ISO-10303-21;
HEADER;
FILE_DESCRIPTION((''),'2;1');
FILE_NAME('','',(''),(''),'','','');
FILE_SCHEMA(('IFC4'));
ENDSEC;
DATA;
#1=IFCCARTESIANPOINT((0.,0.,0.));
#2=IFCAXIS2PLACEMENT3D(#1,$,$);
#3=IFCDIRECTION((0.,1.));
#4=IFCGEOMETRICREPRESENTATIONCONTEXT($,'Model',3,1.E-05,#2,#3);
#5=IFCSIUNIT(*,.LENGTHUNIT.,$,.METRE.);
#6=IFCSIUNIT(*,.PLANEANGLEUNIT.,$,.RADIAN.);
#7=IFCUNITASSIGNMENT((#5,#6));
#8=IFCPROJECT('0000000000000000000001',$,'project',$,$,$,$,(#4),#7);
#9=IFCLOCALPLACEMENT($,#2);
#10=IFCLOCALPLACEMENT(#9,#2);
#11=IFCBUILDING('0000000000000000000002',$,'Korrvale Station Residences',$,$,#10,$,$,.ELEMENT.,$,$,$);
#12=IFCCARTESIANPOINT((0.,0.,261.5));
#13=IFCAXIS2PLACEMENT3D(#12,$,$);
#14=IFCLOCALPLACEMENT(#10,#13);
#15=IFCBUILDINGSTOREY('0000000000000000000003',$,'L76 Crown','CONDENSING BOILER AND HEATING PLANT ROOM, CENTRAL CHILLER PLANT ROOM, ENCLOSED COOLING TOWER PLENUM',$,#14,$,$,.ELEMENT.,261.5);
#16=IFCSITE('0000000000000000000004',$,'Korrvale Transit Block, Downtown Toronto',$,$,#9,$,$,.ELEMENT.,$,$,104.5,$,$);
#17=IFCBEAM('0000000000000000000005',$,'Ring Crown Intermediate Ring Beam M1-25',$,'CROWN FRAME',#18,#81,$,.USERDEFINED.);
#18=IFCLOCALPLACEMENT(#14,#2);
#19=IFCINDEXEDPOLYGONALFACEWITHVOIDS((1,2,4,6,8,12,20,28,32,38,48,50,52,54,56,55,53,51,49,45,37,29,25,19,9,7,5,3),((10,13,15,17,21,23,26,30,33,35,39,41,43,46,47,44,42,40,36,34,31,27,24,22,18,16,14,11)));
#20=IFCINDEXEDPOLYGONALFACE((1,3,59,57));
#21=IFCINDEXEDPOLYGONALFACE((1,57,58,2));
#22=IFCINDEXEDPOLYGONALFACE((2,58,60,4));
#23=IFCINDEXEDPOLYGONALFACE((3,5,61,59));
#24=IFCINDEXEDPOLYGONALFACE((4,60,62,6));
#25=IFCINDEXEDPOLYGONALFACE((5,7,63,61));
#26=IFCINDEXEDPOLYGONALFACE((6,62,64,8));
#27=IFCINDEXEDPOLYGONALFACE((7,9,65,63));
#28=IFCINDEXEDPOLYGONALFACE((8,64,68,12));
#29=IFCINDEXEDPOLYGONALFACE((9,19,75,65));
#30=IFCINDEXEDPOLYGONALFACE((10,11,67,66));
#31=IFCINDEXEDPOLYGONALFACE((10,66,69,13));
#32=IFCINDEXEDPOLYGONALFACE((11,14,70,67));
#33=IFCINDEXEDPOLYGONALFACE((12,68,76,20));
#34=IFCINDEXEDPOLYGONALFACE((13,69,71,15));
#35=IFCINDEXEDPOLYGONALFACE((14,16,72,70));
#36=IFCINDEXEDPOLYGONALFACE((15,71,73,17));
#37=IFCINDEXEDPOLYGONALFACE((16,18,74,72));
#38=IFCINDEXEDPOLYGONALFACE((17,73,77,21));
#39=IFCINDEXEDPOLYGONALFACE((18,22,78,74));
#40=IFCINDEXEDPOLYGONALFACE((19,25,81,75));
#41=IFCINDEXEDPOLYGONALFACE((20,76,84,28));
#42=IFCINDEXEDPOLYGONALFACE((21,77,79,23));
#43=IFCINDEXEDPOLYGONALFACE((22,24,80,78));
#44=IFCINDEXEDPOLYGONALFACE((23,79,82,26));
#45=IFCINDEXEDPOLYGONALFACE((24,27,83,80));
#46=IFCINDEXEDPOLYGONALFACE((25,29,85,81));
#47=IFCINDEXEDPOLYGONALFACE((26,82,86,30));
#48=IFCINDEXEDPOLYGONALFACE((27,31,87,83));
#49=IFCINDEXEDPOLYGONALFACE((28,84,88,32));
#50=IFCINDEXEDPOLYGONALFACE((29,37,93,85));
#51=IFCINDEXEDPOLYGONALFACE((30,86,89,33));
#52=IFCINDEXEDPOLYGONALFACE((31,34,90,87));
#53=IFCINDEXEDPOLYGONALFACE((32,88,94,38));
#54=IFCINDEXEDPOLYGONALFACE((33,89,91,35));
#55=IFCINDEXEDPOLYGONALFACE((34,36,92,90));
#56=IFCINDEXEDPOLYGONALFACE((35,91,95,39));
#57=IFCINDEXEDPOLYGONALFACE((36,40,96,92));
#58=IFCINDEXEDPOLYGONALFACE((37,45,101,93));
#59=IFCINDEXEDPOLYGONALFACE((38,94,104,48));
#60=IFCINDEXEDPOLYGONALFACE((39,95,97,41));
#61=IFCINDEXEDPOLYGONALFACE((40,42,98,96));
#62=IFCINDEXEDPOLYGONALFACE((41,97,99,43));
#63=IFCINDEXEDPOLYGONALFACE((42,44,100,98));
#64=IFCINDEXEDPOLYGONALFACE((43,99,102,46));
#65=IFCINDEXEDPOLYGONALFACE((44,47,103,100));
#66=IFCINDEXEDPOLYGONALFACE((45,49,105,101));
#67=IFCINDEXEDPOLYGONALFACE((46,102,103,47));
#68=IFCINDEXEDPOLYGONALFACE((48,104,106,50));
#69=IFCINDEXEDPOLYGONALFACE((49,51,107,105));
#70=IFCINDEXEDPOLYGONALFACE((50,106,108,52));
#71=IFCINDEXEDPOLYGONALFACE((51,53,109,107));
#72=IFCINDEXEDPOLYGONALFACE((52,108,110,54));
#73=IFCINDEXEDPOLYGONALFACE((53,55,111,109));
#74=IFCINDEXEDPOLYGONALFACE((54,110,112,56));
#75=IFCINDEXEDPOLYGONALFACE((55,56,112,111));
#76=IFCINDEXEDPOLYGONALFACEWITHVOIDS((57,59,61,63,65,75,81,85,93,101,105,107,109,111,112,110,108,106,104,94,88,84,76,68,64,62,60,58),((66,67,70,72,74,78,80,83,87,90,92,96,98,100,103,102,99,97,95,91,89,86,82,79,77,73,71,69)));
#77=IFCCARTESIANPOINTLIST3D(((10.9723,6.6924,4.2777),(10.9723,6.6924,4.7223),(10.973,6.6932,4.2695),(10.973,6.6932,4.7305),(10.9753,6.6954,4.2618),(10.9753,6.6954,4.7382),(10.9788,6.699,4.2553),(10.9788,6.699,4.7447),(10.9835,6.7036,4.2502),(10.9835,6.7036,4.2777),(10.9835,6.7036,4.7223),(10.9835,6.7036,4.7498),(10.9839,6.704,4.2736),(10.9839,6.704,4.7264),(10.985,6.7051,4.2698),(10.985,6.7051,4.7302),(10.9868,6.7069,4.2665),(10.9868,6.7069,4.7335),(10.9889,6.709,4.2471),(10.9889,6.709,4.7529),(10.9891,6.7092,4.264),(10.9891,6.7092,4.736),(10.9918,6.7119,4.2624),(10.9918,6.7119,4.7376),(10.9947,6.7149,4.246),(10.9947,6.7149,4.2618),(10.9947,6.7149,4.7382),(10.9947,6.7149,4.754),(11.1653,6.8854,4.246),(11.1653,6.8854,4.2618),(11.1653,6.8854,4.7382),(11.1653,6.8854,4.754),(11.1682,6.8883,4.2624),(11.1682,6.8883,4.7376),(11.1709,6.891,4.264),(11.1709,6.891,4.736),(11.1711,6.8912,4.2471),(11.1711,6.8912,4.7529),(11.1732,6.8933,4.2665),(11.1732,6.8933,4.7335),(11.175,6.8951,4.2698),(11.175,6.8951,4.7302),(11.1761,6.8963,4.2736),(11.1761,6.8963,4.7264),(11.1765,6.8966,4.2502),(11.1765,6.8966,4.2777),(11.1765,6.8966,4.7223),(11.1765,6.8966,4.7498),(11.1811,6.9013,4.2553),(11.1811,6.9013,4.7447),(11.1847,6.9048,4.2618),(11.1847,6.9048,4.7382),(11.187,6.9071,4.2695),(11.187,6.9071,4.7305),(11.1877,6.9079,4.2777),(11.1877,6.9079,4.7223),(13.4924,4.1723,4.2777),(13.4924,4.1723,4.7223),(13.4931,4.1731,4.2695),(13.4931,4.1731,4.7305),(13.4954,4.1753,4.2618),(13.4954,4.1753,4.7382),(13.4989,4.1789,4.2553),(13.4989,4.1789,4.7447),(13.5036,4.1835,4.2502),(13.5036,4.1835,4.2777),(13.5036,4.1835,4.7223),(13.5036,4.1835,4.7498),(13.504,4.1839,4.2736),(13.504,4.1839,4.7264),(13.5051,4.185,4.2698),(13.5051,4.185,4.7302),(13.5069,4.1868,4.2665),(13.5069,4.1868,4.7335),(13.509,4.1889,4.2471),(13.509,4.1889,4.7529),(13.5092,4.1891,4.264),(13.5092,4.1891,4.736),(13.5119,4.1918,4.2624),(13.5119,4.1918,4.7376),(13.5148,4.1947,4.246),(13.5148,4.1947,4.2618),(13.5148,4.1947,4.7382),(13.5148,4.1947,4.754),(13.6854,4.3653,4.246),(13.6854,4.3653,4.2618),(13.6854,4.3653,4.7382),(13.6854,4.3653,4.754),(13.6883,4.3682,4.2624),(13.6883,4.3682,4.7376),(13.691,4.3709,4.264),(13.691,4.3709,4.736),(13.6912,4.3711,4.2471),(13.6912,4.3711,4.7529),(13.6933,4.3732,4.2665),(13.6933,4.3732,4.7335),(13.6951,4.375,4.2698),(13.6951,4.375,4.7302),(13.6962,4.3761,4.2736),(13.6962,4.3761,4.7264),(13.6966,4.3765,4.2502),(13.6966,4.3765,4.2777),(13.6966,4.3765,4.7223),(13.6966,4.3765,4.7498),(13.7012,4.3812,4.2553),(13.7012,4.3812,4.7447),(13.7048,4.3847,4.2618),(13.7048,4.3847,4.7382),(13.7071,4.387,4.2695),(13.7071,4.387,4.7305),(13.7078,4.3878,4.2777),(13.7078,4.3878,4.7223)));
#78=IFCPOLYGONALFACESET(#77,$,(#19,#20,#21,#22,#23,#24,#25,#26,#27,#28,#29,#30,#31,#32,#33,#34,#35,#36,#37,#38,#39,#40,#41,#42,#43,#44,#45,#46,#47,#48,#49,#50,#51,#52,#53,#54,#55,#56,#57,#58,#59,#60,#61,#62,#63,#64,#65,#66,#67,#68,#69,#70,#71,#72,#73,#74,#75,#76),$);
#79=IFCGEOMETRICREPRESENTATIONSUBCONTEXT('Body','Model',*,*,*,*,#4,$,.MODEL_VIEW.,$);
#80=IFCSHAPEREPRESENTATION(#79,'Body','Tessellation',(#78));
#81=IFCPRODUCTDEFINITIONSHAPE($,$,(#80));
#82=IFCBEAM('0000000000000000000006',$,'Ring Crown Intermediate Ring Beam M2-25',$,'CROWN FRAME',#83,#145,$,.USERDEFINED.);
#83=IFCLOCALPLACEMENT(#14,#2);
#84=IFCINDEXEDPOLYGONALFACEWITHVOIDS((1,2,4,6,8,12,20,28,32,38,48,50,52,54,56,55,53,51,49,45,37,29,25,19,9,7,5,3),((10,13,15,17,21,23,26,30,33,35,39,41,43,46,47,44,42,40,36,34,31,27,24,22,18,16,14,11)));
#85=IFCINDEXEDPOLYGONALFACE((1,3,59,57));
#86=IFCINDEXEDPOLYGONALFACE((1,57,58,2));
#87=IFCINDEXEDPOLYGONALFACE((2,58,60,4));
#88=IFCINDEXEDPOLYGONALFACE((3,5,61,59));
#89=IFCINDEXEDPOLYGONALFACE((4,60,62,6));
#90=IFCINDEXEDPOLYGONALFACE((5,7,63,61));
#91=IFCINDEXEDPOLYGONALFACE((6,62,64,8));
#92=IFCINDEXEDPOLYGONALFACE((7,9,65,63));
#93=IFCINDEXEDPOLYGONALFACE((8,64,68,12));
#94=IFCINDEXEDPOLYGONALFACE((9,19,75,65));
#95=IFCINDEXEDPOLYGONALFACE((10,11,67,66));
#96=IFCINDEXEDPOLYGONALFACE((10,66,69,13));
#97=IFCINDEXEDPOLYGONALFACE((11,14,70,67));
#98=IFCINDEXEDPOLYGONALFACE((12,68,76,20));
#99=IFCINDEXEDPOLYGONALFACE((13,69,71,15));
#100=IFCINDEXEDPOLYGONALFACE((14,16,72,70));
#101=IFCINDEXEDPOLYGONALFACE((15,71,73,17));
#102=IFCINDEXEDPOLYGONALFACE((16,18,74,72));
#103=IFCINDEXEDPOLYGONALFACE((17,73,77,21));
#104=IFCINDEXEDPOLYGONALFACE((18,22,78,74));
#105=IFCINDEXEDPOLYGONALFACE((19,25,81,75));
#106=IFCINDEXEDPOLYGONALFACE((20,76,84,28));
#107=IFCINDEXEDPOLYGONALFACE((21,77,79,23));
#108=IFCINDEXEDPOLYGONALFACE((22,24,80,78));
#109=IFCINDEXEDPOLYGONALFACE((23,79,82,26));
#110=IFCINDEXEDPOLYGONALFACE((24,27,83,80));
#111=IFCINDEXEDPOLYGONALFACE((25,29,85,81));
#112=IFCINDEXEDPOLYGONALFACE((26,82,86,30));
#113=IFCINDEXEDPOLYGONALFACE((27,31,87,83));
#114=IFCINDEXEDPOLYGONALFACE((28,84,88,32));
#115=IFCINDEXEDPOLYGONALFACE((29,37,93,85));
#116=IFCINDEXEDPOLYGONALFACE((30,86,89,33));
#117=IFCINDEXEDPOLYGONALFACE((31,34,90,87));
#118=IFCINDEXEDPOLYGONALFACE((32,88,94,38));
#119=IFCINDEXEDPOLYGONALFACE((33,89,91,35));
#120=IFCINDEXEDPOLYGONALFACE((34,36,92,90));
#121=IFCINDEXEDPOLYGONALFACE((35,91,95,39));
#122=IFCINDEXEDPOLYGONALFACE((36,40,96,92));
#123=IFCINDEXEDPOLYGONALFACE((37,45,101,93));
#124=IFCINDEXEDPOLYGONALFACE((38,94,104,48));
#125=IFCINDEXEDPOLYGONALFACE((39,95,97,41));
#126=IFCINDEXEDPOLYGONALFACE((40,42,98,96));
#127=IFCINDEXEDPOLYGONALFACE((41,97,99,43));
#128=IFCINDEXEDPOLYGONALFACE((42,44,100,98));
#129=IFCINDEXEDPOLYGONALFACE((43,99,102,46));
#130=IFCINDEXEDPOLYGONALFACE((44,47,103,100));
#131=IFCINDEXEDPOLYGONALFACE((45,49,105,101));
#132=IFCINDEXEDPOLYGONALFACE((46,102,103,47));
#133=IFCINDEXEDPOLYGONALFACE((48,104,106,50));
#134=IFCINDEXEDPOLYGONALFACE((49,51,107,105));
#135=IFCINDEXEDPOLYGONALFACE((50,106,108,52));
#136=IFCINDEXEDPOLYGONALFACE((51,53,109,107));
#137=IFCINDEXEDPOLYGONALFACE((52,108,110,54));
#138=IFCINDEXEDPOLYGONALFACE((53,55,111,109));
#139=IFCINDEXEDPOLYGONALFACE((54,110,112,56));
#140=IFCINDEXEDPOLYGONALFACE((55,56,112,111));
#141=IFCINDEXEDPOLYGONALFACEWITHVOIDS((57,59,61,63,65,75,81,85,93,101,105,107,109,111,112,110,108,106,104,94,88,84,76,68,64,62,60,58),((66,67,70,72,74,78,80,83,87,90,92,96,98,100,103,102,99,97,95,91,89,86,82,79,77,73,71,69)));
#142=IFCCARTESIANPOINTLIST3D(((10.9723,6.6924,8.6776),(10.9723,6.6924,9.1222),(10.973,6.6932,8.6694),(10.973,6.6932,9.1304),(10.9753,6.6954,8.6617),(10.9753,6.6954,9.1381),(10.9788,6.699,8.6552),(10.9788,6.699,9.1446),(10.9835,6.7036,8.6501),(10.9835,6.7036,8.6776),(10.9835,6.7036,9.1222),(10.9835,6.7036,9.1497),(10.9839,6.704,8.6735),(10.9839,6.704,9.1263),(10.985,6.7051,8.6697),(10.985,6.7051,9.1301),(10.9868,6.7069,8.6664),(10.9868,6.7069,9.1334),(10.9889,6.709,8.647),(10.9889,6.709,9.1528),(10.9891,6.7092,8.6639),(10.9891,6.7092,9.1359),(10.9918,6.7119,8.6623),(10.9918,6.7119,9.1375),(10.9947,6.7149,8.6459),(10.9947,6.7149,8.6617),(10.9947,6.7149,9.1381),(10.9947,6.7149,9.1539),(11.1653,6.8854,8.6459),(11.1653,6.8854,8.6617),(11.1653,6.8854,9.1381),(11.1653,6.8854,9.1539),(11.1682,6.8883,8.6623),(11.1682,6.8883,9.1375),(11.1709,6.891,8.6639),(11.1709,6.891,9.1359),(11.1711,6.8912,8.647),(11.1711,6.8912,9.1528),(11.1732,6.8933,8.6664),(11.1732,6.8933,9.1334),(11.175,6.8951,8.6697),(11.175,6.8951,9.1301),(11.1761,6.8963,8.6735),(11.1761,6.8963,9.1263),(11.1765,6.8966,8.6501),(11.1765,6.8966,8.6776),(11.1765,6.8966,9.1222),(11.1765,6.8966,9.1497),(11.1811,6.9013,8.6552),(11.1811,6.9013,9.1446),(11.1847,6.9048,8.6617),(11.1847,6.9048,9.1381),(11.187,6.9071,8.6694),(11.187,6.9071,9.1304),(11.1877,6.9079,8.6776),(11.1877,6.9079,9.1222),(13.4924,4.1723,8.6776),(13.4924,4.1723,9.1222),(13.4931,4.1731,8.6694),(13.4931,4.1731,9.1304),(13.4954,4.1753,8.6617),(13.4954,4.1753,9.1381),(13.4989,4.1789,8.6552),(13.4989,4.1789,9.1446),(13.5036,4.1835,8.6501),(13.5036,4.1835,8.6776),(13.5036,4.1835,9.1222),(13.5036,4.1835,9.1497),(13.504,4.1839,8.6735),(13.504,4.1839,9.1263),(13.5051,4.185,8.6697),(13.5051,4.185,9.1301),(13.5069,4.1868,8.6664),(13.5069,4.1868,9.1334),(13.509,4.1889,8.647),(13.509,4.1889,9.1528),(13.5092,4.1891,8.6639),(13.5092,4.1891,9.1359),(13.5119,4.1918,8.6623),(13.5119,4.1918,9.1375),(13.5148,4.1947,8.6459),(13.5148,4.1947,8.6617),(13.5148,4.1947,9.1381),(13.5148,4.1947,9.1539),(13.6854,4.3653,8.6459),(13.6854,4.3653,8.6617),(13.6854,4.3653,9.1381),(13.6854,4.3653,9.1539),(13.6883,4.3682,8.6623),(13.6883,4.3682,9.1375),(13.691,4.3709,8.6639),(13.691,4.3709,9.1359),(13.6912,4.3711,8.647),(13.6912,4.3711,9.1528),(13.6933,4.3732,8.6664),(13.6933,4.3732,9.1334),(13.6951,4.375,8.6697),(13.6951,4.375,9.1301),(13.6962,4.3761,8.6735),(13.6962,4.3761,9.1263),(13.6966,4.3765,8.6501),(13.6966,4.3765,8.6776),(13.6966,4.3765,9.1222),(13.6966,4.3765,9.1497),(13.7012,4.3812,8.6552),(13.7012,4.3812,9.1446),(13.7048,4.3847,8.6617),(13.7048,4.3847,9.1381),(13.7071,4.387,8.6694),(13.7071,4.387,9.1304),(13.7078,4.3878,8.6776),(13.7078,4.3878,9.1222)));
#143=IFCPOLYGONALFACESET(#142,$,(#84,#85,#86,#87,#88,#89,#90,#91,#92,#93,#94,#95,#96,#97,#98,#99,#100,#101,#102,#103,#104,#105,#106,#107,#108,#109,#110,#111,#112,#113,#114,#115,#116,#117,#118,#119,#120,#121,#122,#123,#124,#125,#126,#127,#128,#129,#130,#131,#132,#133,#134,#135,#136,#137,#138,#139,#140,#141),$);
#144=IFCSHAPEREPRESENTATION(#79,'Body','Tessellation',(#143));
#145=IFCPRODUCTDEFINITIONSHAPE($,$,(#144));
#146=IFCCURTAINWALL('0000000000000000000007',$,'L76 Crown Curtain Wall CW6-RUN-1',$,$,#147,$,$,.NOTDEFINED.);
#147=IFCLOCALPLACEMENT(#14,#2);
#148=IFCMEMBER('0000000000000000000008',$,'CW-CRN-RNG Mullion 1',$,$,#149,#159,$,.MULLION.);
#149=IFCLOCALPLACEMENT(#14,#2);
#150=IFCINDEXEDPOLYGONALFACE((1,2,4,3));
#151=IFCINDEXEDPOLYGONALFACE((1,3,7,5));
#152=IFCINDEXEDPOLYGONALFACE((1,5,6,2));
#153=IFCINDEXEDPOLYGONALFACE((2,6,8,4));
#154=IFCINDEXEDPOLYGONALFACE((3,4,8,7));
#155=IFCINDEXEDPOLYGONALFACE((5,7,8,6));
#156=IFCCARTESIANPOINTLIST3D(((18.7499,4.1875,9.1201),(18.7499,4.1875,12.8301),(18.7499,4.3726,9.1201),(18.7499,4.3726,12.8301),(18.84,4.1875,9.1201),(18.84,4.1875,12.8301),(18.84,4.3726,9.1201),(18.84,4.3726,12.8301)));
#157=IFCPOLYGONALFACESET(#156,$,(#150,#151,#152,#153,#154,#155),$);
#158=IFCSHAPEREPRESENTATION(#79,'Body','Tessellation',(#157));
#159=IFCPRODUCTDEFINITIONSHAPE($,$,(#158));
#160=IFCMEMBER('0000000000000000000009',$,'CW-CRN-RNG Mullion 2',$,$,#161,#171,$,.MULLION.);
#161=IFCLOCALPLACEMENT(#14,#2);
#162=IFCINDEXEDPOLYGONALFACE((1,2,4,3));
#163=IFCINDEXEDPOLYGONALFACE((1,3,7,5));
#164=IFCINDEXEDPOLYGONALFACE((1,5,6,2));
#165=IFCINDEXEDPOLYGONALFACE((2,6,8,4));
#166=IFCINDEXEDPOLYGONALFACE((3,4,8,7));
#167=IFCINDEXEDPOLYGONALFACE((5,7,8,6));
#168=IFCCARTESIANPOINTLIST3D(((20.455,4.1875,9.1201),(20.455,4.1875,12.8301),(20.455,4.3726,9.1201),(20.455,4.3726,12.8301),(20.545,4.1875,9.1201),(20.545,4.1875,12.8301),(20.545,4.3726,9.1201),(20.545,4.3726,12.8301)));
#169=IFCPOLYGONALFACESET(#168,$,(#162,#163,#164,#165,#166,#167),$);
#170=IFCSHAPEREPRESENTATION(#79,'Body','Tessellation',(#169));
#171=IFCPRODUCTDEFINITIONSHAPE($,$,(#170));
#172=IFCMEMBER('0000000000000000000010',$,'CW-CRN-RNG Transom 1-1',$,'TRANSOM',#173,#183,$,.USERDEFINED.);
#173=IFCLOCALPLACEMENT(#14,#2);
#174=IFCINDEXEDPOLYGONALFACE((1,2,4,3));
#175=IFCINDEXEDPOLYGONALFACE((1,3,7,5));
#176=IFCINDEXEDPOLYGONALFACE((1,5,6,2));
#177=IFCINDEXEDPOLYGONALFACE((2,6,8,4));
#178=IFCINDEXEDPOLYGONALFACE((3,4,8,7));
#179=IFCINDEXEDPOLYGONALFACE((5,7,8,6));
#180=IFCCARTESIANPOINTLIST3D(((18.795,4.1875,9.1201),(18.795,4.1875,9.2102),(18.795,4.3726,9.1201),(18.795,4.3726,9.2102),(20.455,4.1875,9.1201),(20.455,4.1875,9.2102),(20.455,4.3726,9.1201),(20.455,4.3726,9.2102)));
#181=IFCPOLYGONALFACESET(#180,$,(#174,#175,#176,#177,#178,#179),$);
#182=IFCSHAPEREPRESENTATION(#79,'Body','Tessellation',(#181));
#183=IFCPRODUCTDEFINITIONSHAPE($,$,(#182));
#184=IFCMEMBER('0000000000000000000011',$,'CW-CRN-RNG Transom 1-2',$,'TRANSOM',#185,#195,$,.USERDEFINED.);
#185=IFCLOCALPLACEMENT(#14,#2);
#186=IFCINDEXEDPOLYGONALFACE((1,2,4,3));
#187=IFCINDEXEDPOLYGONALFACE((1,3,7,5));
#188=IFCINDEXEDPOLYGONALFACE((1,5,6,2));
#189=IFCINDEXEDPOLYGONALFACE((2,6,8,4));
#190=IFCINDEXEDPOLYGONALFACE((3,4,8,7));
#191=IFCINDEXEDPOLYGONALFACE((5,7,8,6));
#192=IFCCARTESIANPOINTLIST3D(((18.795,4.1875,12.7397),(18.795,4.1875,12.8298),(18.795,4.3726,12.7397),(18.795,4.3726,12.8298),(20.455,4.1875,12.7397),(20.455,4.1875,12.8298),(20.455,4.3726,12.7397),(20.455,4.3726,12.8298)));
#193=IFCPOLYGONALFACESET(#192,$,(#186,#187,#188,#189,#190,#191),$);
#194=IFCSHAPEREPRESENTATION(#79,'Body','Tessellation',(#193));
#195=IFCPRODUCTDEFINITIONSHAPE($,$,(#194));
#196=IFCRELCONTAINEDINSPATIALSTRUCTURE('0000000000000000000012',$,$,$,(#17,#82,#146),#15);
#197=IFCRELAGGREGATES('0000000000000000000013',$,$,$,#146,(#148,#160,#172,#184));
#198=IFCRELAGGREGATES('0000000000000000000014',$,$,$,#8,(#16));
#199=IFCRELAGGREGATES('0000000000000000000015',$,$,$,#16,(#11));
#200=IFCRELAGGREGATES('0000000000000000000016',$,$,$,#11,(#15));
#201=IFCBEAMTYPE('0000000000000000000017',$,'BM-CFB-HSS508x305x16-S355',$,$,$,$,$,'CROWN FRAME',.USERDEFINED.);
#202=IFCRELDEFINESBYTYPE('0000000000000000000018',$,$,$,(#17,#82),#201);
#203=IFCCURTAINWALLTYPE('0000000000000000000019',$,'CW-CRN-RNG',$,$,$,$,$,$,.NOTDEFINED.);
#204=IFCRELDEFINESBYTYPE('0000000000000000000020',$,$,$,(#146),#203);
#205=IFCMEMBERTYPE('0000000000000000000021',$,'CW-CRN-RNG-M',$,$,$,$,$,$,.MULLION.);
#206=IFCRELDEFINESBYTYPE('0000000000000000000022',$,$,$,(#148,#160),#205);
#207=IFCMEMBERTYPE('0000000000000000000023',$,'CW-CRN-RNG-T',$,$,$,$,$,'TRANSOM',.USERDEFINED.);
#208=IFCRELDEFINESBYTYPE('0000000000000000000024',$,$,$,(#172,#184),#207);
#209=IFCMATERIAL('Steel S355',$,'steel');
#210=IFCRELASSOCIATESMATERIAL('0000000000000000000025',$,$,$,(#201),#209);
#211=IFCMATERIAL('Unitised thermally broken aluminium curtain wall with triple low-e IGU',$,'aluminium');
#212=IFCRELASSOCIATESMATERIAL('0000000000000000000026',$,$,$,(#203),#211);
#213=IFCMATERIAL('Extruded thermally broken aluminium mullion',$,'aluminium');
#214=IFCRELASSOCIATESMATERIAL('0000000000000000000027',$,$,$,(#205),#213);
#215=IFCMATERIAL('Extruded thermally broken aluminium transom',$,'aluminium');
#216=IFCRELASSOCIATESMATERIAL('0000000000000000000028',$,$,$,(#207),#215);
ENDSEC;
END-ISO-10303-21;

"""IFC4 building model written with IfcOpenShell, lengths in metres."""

from ifc_helpers import new_model, si_unit, direction, frame, origin, origin_2d, place, context, subcontext, project, spatial, rectangle, hollow_rectangle, extrude, material, material_profile, profile_set, type_object, element, aggregate, save


model = new_model("IFC4")

# Units and contexts
model_context = context("Model", 3, precision=1e-05, world=origin(), true_north=direction((0.0, 1.0)))
body_context = subcontext(model_context, "Body", "Model", "MODEL_VIEW")
ifc_project = project(units=[si_unit("LENGTHUNIT", "METRE"), si_unit("PLANEANGLEUNIT", "RADIAN")], contexts=[model_context])

# Site, building, storey
site_placement = place(None, origin())
site = spatial("IfcSite", under=ifc_project, at=site_placement, Name="Korrvale Transit Block, Downtown Toronto", CompositionType="ELEMENT", RefElevation=104.5)
building_placement = place(site_placement, origin())
building = spatial("IfcBuilding", under=site, at=building_placement, Name="Korrvale Station Residences", CompositionType="ELEMENT")
storey_placement = place(building_placement, frame((0.0, 0.0, 261.5)))
storey = spatial("IfcBuildingStorey", under=building, at=storey_placement, Name="L76 Crown", Description="CONDENSING BOILER AND HEATING PLANT ROOM, CENTRAL CHILLER PLANT ROOM, ENCLOSED COOLING TOWER PLENUM", CompositionType="ELEMENT", Elevation=261.5)

# Shared definitions
ifc_material_1 = material(Name="Steel S355", Category="steel")

# Beams
ifc_material_profile_1 = material_profile(ifc_material_1, hollow_rectangle(XDim=0.3047, YDim=0.5081, WallThickness=0.0159, InnerFilletRadius=0.0159, OuterFilletRadius=0.0317, at=origin_2d()), Name="HSS508x305x16")
ifc_profile_set_1 = profile_set([ifc_material_profile_1], Name="Steel S355")
beam_type_1 = type_object("IfcBeamType", Name="BM-CFB-HSS508x305x16-S355", ElementType="CROWN FRAME", PredefinedType="USERDEFINED", material=ifc_profile_set_1)
for number, where, z_axis, x_axis, name in (
    (1, (13.6001, 4.28, 4.5), (-0.707107, 0.707107, 0.0), (-0.707107, -0.707107, 0.0), "Ring Crown Intermediate Ring Beam M1-25"),
    (2, (13.6001, 4.28, 8.8999), (-0.707107, 0.707107, 0.0), (-0.707107, -0.707107, 0.0), "Ring Crown Intermediate Ring Beam M2-25"),
):
    element("IfcBeam", number, at=place(storey_placement, frame(where, z_axis=z_axis, x_axis=x_axis)), inside=storey, type_object=beam_type_1, Name=name, ObjectType="CROWN FRAME", PredefinedType="USERDEFINED", context=body_context, shape_type="SweptSolid", body=[
        extrude(hollow_rectangle(XDim=0.3047, YDim=0.5081, WallThickness=0.0159, InnerFilletRadius=0.0159, OuterFilletRadius=0.0317, at=origin_2d()), origin(), (0.0, 0.0, 1.0), 3.564),
    ])

# Curtain wall, members
ifc_material_2 = material(Name="Unitised thermally broken aluminium curtain wall with triple low-e IGU", Category="aluminium")
curtain_wall_type = type_object("IfcCurtainWallType", Name="CW-CRN-RNG", PredefinedType="NOTDEFINED", material=ifc_material_2)
curtain_wall_placement = place(storey_placement, origin())
curtain_wall = element("IfcCurtainWall", 3, at=curtain_wall_placement, inside=storey, type_object=curtain_wall_type, Name="L76 Crown Curtain Wall CW6-RUN-1", PredefinedType="NOTDEFINED")
ifc_material_3 = material(Name="Extruded thermally broken aluminium mullion", Category="aluminium")
member_type_1 = type_object("IfcMemberType", Name="CW-CRN-RNG-M", PredefinedType="MULLION", material=ifc_material_3)
member_1_placement = place(storey_placement, frame((18.7949, 4.28, 9.1201), z_axis=(0.0, 0.0, 1.0), x_axis=(1.0, 0.0, 0.0)))
member_1 = element("IfcMember", 4, at=member_1_placement, type_object=member_type_1, Name="CW-CRN-RNG Mullion 1", PredefinedType="MULLION", context=body_context, shape_type="SweptSolid", body=[
    extrude(rectangle(XDim=0.0901, YDim=0.1851, at=origin_2d()), origin(), (0.0, 0.0, 1.0), 3.71),
])
member_2_placement = place(storey_placement, frame((20.5, 4.28, 9.1201), z_axis=(0.0, 0.0, 1.0), x_axis=(1.0, 0.0, 0.0)))
member_2 = element("IfcMember", 5, at=member_2_placement, type_object=member_type_1, Name="CW-CRN-RNG Mullion 2", PredefinedType="MULLION", context=body_context, shape_type="SweptSolid", body=[
    extrude(rectangle(XDim=0.0901, YDim=0.1851, at=origin_2d()), origin(), (0.0, 0.0, 1.0), 3.71),
])
ifc_material_4 = material(Name="Extruded thermally broken aluminium transom", Category="aluminium")
member_type_2 = type_object("IfcMemberType", Name="CW-CRN-RNG-T", ElementType="TRANSOM", PredefinedType="USERDEFINED", material=ifc_material_4)
member_3_placement = place(storey_placement, frame((19.625, 4.28, 9.1201), z_axis=(0.0, 0.0, 1.0), x_axis=(1.0, 0.0, 0.0)))
member_3 = element("IfcMember", 6, at=member_3_placement, type_object=member_type_2, Name="CW-CRN-RNG Transom 1-1", ObjectType="TRANSOM", PredefinedType="USERDEFINED", context=body_context, shape_type="SweptSolid", body=[
    extrude(rectangle(XDim=1.6599, YDim=0.1851, at=origin_2d()), origin(), (0.0, 0.0, 1.0), 0.0901),
])
member_4_placement = place(storey_placement, frame((19.625, 4.28, 12.7397), z_axis=(0.0, 0.0, 1.0), x_axis=(1.0, 0.0, 0.0)))
member_4 = element("IfcMember", 7, at=member_4_placement, type_object=member_type_2, Name="CW-CRN-RNG Transom 1-2", ObjectType="TRANSOM", PredefinedType="USERDEFINED", context=body_context, shape_type="SweptSolid", body=[
    extrude(rectangle(XDim=1.6599, YDim=0.1851, at=origin_2d()), origin(), (0.0, 0.0, 1.0), 0.0901),
])

aggregate(curtain_wall, [member_1, member_2, member_3, member_4])

save(model, "model.ifc")
